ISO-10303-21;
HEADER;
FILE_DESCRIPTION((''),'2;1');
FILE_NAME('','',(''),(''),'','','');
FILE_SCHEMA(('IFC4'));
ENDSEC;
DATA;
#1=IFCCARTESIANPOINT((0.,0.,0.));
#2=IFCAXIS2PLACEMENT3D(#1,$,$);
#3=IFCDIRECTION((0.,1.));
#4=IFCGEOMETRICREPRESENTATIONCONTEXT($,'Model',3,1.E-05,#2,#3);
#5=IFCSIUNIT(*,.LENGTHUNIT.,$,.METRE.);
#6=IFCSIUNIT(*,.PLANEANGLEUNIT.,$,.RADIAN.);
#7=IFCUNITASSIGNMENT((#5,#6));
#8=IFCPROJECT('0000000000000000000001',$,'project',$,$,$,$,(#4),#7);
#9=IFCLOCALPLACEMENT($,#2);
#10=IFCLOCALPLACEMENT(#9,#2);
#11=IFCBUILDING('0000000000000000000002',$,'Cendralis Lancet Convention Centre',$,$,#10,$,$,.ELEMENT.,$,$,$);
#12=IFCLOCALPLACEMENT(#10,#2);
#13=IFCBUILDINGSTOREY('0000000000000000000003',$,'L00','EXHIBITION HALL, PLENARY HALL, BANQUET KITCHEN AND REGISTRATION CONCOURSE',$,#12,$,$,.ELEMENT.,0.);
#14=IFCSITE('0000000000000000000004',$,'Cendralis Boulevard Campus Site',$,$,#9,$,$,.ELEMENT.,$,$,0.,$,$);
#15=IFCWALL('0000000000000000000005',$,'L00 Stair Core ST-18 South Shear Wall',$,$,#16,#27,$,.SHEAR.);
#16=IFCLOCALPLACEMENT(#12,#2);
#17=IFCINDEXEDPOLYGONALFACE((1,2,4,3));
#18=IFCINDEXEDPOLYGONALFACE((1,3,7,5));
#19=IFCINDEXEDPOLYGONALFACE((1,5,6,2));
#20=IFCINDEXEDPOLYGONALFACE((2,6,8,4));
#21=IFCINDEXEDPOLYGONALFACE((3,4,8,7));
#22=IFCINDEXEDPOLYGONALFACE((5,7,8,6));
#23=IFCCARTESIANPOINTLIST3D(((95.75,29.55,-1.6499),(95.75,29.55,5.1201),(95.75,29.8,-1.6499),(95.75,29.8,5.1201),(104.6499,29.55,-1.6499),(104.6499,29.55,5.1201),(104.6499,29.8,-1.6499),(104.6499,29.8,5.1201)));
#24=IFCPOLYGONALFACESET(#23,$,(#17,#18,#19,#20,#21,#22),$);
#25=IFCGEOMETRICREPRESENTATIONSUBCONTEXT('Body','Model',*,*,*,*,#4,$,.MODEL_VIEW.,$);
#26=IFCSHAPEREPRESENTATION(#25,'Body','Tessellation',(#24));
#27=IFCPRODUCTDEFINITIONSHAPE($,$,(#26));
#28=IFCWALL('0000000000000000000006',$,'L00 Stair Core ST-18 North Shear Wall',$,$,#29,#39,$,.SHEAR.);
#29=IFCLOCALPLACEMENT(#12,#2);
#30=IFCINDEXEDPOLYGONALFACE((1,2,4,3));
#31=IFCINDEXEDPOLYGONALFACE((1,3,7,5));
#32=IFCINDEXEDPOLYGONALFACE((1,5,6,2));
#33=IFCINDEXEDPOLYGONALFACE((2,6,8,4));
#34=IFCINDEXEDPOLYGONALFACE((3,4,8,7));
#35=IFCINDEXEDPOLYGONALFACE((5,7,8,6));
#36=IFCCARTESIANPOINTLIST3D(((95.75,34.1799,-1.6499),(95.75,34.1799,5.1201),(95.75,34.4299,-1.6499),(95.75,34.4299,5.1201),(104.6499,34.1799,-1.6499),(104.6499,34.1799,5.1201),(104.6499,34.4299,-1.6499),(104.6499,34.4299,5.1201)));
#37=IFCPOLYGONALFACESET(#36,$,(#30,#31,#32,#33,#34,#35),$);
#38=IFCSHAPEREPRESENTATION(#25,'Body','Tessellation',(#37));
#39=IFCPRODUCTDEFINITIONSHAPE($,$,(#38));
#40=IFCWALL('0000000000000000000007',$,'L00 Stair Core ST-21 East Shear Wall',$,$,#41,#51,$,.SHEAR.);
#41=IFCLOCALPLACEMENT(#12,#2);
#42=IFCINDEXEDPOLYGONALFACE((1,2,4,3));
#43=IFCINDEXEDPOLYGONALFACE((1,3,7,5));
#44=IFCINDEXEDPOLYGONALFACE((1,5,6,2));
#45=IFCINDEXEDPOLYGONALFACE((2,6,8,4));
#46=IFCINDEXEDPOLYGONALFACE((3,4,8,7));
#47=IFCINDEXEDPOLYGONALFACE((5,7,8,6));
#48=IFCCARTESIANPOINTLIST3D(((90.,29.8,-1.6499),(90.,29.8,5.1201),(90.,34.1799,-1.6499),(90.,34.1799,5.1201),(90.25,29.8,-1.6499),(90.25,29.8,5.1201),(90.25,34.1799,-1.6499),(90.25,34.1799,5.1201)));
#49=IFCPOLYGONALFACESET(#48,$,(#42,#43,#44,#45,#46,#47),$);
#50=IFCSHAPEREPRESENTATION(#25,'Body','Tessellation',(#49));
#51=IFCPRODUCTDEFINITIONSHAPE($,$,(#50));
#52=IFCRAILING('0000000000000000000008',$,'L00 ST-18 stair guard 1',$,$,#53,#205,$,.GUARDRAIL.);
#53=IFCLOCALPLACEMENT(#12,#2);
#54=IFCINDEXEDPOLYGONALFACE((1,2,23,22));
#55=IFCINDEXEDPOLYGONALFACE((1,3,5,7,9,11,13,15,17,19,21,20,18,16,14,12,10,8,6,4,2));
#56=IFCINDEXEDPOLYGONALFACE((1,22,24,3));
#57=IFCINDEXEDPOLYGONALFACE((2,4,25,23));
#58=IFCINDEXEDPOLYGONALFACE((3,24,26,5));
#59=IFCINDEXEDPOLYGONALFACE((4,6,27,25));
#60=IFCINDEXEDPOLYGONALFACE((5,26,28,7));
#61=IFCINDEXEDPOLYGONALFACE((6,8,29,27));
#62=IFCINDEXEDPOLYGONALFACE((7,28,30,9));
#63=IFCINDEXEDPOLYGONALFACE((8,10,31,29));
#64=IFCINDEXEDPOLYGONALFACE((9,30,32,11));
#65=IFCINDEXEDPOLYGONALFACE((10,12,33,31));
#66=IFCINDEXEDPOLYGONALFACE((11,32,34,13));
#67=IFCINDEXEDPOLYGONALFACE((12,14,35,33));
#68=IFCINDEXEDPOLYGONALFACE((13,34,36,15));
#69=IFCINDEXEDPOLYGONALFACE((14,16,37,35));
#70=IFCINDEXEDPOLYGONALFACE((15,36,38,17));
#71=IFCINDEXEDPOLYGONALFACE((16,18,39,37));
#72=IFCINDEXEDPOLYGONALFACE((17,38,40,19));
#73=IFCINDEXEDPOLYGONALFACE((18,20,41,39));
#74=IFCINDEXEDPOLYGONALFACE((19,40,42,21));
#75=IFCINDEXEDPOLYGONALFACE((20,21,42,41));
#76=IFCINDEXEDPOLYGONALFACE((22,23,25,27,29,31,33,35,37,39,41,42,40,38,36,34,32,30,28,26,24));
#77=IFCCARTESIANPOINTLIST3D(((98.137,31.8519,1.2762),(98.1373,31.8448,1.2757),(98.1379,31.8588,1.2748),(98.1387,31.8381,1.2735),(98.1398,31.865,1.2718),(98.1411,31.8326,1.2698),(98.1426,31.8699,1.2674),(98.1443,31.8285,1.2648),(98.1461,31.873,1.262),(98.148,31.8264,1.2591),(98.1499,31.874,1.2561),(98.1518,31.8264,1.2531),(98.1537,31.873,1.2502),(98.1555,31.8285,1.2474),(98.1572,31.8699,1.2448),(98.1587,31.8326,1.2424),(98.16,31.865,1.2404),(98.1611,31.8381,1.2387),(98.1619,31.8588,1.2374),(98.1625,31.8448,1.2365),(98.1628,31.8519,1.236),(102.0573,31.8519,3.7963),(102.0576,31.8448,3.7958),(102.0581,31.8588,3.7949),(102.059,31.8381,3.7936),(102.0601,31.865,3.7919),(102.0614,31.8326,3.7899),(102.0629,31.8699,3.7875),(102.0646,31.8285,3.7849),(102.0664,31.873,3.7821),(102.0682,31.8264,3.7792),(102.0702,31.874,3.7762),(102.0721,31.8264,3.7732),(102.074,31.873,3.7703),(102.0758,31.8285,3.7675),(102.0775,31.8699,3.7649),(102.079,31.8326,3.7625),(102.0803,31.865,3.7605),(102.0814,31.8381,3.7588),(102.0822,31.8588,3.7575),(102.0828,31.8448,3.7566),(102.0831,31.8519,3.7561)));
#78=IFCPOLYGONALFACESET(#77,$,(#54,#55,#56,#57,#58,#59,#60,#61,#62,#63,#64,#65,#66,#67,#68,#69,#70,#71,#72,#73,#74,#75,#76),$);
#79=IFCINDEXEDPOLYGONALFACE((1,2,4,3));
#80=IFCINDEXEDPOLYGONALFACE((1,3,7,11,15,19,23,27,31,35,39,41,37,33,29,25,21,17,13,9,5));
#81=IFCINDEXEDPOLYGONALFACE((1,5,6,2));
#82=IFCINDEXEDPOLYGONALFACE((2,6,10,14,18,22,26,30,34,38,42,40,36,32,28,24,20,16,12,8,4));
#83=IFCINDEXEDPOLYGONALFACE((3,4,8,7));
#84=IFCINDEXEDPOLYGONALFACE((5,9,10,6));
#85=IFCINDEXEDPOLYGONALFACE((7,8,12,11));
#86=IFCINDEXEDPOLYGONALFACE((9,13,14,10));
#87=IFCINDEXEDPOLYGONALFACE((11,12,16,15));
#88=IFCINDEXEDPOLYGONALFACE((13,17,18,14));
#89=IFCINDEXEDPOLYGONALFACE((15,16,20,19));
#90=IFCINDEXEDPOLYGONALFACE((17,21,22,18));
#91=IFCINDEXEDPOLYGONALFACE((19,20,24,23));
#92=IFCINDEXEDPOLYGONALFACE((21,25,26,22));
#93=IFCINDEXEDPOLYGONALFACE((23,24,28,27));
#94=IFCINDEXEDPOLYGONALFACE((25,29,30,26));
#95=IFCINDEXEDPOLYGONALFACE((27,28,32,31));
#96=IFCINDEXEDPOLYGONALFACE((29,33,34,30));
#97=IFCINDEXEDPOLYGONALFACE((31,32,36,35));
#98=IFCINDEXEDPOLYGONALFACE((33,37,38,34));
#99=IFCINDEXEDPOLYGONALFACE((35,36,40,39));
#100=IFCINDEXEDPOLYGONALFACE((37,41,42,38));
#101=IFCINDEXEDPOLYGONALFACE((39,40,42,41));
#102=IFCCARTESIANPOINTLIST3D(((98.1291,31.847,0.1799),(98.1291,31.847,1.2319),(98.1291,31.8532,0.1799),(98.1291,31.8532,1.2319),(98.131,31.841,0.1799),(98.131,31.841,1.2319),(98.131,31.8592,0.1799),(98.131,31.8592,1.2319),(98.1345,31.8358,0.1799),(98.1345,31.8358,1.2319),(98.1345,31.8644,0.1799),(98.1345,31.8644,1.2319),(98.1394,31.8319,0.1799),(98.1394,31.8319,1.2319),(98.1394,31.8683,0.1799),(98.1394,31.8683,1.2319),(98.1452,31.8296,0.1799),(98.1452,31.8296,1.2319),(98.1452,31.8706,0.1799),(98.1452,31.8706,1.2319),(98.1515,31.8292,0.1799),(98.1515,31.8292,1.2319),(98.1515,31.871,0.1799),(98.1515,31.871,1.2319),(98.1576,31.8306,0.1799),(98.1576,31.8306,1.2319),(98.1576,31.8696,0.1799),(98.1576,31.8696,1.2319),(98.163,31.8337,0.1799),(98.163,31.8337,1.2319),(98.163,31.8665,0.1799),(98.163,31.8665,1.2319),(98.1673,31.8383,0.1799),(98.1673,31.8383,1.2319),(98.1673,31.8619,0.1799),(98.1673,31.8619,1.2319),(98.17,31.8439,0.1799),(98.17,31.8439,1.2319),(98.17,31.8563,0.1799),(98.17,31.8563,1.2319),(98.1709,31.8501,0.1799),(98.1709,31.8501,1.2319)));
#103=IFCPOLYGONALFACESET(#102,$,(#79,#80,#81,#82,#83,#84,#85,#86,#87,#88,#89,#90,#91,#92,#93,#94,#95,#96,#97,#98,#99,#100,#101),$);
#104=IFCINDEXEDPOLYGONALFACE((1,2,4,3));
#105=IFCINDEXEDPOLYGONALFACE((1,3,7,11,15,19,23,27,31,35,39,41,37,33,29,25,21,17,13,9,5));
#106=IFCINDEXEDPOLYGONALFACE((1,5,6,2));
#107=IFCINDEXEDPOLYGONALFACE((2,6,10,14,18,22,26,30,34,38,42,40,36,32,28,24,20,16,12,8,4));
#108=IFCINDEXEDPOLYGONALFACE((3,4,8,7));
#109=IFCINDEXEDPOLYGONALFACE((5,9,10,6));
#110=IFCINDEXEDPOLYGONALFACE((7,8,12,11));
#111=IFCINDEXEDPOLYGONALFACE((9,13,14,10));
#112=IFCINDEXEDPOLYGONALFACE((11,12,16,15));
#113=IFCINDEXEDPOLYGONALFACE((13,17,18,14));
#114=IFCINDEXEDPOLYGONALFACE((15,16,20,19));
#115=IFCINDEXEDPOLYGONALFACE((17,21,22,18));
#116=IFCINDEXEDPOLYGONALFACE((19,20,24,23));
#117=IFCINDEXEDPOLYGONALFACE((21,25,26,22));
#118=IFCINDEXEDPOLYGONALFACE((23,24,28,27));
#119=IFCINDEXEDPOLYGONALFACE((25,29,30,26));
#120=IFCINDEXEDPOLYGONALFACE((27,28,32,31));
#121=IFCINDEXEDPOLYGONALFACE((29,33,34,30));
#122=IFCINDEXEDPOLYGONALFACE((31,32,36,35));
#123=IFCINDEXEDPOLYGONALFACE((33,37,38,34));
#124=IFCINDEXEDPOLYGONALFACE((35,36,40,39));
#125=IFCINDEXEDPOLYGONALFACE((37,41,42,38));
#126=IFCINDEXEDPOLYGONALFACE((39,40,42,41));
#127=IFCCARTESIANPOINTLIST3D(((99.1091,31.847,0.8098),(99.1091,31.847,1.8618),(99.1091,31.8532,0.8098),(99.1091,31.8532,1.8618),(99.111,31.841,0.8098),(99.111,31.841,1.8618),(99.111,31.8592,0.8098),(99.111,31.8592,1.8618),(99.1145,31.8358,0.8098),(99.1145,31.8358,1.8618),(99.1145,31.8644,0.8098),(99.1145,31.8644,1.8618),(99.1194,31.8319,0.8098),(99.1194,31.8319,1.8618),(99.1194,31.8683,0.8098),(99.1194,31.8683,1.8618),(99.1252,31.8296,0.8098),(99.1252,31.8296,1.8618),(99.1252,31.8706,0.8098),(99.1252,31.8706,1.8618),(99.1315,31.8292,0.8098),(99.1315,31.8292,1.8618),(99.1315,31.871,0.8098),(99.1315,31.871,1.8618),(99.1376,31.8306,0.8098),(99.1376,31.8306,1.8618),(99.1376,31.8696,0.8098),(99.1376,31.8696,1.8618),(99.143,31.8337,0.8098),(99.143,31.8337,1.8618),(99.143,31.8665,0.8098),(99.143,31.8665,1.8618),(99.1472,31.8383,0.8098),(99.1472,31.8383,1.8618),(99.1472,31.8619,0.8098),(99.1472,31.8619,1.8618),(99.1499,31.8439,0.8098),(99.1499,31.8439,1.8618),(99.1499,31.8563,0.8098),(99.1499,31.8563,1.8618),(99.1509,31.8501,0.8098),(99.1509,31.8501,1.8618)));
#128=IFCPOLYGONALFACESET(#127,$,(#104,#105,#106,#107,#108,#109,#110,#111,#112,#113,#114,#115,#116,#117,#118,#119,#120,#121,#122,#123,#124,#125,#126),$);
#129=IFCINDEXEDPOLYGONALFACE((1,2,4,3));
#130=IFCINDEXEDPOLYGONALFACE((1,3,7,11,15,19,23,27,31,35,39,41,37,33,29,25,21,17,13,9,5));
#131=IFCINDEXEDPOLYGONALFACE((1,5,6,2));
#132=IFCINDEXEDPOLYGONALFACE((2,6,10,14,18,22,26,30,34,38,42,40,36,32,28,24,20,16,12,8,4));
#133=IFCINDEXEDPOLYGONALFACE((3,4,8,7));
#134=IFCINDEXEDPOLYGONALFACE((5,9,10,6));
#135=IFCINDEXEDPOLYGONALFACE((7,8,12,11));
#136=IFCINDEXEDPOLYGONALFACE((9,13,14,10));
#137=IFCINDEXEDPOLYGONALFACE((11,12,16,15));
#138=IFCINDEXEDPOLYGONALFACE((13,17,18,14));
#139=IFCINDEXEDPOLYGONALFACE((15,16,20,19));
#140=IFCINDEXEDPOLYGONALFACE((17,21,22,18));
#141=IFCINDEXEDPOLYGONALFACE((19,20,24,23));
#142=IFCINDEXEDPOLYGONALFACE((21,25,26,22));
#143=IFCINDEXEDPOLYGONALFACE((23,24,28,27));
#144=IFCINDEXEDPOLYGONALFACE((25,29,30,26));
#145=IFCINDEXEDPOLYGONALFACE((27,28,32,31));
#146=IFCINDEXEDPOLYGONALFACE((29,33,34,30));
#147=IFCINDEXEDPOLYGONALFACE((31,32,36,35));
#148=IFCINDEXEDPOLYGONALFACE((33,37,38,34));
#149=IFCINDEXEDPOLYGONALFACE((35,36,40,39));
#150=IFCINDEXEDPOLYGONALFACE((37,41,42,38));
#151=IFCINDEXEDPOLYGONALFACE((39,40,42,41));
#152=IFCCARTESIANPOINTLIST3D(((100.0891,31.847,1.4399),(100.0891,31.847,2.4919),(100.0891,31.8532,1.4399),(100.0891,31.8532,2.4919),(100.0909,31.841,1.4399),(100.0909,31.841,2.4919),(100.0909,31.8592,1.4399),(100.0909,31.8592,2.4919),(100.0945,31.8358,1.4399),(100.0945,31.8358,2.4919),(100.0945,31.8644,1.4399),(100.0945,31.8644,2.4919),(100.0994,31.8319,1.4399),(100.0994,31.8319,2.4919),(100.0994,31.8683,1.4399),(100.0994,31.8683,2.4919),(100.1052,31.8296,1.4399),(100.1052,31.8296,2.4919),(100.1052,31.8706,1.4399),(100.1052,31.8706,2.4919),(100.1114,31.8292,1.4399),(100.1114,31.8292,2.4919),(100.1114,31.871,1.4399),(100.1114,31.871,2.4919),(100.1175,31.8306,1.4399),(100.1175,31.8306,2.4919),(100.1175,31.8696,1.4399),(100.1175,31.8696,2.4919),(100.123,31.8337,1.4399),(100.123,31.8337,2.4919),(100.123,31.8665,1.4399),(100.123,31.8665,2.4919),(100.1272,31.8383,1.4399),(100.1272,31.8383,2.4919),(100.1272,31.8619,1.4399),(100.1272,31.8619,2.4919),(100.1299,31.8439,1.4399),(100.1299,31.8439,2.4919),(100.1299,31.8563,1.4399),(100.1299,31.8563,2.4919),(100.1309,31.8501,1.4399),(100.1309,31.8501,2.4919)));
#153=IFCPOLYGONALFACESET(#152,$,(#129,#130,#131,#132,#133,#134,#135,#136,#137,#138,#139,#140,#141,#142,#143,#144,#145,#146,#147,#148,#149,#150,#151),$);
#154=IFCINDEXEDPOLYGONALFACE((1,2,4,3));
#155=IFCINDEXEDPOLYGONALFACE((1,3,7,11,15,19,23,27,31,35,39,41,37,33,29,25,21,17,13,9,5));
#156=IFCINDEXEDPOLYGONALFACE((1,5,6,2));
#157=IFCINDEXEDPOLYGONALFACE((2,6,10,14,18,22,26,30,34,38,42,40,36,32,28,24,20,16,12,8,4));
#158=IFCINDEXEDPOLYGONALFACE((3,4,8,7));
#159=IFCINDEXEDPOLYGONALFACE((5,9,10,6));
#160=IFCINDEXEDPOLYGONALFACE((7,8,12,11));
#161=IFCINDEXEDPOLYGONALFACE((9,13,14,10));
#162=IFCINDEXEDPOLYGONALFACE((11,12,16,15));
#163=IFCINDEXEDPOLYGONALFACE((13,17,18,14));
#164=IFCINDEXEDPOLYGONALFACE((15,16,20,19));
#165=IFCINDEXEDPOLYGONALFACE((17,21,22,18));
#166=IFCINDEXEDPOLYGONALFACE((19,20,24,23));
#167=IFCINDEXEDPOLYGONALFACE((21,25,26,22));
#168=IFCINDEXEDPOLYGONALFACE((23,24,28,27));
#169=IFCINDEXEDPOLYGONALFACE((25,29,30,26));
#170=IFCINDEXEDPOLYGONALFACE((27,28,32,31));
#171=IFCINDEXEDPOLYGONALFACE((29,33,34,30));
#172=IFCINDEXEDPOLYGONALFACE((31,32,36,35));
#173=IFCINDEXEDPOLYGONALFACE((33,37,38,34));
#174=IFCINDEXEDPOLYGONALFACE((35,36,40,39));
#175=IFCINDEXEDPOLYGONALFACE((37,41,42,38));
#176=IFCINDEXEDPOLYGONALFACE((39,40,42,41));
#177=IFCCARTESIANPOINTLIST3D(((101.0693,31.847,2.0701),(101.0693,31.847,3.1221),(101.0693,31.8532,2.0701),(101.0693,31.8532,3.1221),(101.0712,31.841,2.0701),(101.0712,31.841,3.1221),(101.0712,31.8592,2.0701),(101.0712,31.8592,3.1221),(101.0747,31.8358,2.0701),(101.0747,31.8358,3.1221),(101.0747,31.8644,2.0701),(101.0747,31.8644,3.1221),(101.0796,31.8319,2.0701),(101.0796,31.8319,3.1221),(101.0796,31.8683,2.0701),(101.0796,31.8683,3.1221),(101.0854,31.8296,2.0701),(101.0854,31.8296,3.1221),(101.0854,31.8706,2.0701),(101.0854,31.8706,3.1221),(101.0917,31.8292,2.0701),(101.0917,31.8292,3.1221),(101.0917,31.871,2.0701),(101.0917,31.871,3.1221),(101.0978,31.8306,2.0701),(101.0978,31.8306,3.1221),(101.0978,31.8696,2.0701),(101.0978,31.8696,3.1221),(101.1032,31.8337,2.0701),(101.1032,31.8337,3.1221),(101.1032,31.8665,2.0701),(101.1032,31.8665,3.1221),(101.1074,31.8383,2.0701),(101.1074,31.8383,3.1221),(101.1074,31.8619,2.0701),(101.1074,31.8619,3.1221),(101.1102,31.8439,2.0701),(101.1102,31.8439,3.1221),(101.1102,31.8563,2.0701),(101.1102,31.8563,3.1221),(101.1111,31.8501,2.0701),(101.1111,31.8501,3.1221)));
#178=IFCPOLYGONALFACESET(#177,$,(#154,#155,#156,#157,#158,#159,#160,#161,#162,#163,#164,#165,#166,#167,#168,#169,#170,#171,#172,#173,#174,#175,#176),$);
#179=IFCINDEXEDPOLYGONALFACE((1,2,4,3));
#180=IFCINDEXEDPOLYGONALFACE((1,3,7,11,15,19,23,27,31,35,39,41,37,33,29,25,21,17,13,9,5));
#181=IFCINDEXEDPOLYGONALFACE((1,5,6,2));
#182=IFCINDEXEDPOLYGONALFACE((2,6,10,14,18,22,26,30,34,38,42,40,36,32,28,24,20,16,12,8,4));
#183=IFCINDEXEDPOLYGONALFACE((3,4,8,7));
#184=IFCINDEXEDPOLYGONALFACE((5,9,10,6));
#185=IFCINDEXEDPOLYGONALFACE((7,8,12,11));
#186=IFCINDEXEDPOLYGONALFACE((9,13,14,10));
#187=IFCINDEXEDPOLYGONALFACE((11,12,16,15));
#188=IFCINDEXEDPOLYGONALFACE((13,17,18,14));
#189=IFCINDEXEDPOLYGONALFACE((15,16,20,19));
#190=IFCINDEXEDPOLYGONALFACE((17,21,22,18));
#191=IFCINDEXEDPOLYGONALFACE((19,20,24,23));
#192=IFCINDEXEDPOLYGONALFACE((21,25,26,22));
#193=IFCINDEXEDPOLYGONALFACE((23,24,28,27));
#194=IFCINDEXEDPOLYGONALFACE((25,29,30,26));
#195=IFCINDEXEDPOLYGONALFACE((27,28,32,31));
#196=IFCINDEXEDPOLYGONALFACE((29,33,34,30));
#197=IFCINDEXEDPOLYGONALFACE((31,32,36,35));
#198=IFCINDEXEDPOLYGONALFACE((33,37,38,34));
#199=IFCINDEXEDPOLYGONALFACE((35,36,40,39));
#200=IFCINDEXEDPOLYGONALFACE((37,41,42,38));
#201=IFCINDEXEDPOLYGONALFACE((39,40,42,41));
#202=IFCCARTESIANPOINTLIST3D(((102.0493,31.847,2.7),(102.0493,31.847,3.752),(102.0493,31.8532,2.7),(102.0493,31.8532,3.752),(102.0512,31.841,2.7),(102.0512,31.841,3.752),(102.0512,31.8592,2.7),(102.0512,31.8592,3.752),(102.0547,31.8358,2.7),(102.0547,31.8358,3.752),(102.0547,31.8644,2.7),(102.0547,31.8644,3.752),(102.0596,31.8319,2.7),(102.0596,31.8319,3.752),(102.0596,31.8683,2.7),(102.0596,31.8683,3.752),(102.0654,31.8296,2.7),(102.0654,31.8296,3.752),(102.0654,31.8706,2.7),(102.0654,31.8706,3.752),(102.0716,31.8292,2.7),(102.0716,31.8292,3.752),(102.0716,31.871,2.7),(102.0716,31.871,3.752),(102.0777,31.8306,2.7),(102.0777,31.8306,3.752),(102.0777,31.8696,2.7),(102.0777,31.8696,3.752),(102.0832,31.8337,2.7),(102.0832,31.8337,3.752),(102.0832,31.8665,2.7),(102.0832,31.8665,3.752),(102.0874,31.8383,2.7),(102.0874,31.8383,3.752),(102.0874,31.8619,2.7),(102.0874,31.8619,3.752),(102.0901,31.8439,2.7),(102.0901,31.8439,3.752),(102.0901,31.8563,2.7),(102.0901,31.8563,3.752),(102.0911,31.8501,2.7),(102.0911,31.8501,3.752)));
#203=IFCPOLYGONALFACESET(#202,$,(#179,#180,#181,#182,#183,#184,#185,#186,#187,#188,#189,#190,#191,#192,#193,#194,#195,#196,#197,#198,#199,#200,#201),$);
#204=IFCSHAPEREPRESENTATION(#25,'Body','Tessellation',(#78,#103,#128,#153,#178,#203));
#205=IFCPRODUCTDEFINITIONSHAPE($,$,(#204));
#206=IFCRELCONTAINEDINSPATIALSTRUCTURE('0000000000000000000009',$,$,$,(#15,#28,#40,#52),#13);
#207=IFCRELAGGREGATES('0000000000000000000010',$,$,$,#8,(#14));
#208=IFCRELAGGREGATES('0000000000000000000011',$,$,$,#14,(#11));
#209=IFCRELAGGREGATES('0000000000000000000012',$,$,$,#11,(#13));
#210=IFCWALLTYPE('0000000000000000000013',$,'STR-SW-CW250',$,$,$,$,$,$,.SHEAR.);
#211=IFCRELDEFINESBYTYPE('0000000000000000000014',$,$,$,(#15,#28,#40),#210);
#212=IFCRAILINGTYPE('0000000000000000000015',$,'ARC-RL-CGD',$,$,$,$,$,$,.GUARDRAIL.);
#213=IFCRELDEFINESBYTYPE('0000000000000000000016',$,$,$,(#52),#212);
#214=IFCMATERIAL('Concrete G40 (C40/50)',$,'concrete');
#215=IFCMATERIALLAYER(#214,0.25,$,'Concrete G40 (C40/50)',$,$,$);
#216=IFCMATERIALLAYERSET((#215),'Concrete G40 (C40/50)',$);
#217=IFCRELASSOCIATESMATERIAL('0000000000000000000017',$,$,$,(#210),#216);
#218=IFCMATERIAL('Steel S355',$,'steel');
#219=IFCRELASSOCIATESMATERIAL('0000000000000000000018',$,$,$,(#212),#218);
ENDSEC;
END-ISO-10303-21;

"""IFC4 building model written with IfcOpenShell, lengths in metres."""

from ifc_helpers import new_model, si_unit, direction, frame, frame_2d, origin, origin_2d, place, context, subcontext, project, spatial, rectangle, circle, extrude, material, layer, layer_set, type_object, element, save


model = new_model("IFC4")

# Units and contexts
model_context = context("Model", 3, precision=1e-05, world=origin(), true_north=direction((0.0, 1.0)))
body_context = subcontext(model_context, "Body", "Model", "MODEL_VIEW")
ifc_project = project(units=[si_unit("LENGTHUNIT", "METRE"), si_unit("PLANEANGLEUNIT", "RADIAN")], contexts=[model_context])

# Site, building, storey
site_placement = place(None, origin())
site = spatial("IfcSite", under=ifc_project, at=site_placement, Name="Cendralis Boulevard Campus Site", CompositionType="ELEMENT", RefElevation=0.0)
building_placement = place(site_placement, origin())
building = spatial("IfcBuilding", under=site, at=building_placement, Name="Cendralis Lancet Convention Centre", CompositionType="ELEMENT")
storey_placement = place(building_placement, origin())
storey = spatial("IfcBuildingStorey", under=building, at=storey_placement, Name="L00", Description="EXHIBITION HALL, PLENARY HALL, BANQUET KITCHEN AND REGISTRATION CONCOURSE", CompositionType="ELEMENT", Elevation=0.0)

# Shared definitions
ifc_material_1 = material(Name="Concrete G40 (C40/50)", Category="concrete")

# Shared definitions
ifc_material_2 = material(Name="Steel S355", Category="steel")

# Shared definitions
ifc_layer_1 = layer(ifc_material_1, 0.25, Name="Concrete G40 (C40/50)")
ifc_layer_set_1 = layer_set([ifc_layer_1], Name="Concrete G40 (C40/50)")
wall_type_1 = type_object("IfcWallType", Name="STR-SW-CW250", PredefinedType="SHEAR", material=ifc_layer_set_1)

# Walls
for number, where, z_axis, x_axis, name in (
    (1, (95.75, 29.675, -1.6499), (0.0, 0.0, 1.0), (1.0, 0.0, 0.0), "L00 Stair Core ST-18 South Shear Wall"),
    (2, (95.75, 34.3049, -1.6499), (0.0, 0.0, 1.0), (1.0, 0.0, 0.0), "L00 Stair Core ST-18 North Shear Wall"),
):
    element("IfcWall", number, at=place(storey_placement, frame(where, z_axis=z_axis, x_axis=x_axis)), inside=storey, type_object=wall_type_1, Name=name, PredefinedType="SHEAR", context=body_context, shape_type="SweptSolid", body=[
        extrude(rectangle(XDim=8.8999, YDim=0.25, at=frame_2d((4.45, 0.0))), origin(), (0.0, 0.0, 1.0), 6.77),
    ])
wall_1_placement = place(storey_placement, frame((90.125, 29.8, -1.6499), z_axis=(0.0, 0.0, 1.0), x_axis=(0.0, 1.0, 0.0)))
element("IfcWall", 3, at=wall_1_placement, inside=storey, type_object=wall_type_1, Name="L00 Stair Core ST-21 East Shear Wall", PredefinedType="SHEAR", context=body_context, shape_type="SweptSolid", body=[
    extrude(rectangle(XDim=4.3799, YDim=0.25, at=frame_2d((2.1899, 0.0))), origin(), (0.0, 0.0, 1.0), 6.77),
])

# Railing
railing_type_1 = type_object("IfcRailingType", Name="ARC-RL-CGD", PredefinedType="GUARDRAIL", material=ifc_material_2)
railing_1_placement = place(storey_placement, frame((98.1499, 31.8501, 0.1799)))
element("IfcRailing", 4, at=railing_1_placement, inside=storey, type_object=railing_type_1, Name="L00 ST-18 stair guard 1", PredefinedType="GUARDRAIL", context=body_context, shape_type="SweptSolid", body=[
    extrude(circle(Radius=0.0239, at=origin_2d()), frame((0.0, 0.0, 1.0762), z_axis=(0.841187, 0.0, 0.540744), x_axis=(0.0, 1.0, 0.0)), (0.0, 0.0, 1.0), 4.6604),
    extrude(circle(Radius=0.021, at=origin_2d()), origin(), (0.0, 0.0, 1.0), 1.052),
    extrude(circle(Radius=0.021, at=origin_2d()), frame((0.98, 0.0, 0.6299)), (0.0, 0.0, 1.0), 1.052),
    extrude(circle(Radius=0.021, at=origin_2d()), frame((1.96, 0.0, 1.26)), (0.0, 0.0, 1.0), 1.052),
    extrude(circle(Radius=0.021, at=origin_2d()), frame((2.9402, 0.0, 1.8901)), (0.0, 0.0, 1.0), 1.052),
    extrude(circle(Radius=0.021, at=origin_2d()), frame((3.9202, 0.0, 2.52)), (0.0, 0.0, 1.0), 1.052),
])

save(model, "model.ifc")
